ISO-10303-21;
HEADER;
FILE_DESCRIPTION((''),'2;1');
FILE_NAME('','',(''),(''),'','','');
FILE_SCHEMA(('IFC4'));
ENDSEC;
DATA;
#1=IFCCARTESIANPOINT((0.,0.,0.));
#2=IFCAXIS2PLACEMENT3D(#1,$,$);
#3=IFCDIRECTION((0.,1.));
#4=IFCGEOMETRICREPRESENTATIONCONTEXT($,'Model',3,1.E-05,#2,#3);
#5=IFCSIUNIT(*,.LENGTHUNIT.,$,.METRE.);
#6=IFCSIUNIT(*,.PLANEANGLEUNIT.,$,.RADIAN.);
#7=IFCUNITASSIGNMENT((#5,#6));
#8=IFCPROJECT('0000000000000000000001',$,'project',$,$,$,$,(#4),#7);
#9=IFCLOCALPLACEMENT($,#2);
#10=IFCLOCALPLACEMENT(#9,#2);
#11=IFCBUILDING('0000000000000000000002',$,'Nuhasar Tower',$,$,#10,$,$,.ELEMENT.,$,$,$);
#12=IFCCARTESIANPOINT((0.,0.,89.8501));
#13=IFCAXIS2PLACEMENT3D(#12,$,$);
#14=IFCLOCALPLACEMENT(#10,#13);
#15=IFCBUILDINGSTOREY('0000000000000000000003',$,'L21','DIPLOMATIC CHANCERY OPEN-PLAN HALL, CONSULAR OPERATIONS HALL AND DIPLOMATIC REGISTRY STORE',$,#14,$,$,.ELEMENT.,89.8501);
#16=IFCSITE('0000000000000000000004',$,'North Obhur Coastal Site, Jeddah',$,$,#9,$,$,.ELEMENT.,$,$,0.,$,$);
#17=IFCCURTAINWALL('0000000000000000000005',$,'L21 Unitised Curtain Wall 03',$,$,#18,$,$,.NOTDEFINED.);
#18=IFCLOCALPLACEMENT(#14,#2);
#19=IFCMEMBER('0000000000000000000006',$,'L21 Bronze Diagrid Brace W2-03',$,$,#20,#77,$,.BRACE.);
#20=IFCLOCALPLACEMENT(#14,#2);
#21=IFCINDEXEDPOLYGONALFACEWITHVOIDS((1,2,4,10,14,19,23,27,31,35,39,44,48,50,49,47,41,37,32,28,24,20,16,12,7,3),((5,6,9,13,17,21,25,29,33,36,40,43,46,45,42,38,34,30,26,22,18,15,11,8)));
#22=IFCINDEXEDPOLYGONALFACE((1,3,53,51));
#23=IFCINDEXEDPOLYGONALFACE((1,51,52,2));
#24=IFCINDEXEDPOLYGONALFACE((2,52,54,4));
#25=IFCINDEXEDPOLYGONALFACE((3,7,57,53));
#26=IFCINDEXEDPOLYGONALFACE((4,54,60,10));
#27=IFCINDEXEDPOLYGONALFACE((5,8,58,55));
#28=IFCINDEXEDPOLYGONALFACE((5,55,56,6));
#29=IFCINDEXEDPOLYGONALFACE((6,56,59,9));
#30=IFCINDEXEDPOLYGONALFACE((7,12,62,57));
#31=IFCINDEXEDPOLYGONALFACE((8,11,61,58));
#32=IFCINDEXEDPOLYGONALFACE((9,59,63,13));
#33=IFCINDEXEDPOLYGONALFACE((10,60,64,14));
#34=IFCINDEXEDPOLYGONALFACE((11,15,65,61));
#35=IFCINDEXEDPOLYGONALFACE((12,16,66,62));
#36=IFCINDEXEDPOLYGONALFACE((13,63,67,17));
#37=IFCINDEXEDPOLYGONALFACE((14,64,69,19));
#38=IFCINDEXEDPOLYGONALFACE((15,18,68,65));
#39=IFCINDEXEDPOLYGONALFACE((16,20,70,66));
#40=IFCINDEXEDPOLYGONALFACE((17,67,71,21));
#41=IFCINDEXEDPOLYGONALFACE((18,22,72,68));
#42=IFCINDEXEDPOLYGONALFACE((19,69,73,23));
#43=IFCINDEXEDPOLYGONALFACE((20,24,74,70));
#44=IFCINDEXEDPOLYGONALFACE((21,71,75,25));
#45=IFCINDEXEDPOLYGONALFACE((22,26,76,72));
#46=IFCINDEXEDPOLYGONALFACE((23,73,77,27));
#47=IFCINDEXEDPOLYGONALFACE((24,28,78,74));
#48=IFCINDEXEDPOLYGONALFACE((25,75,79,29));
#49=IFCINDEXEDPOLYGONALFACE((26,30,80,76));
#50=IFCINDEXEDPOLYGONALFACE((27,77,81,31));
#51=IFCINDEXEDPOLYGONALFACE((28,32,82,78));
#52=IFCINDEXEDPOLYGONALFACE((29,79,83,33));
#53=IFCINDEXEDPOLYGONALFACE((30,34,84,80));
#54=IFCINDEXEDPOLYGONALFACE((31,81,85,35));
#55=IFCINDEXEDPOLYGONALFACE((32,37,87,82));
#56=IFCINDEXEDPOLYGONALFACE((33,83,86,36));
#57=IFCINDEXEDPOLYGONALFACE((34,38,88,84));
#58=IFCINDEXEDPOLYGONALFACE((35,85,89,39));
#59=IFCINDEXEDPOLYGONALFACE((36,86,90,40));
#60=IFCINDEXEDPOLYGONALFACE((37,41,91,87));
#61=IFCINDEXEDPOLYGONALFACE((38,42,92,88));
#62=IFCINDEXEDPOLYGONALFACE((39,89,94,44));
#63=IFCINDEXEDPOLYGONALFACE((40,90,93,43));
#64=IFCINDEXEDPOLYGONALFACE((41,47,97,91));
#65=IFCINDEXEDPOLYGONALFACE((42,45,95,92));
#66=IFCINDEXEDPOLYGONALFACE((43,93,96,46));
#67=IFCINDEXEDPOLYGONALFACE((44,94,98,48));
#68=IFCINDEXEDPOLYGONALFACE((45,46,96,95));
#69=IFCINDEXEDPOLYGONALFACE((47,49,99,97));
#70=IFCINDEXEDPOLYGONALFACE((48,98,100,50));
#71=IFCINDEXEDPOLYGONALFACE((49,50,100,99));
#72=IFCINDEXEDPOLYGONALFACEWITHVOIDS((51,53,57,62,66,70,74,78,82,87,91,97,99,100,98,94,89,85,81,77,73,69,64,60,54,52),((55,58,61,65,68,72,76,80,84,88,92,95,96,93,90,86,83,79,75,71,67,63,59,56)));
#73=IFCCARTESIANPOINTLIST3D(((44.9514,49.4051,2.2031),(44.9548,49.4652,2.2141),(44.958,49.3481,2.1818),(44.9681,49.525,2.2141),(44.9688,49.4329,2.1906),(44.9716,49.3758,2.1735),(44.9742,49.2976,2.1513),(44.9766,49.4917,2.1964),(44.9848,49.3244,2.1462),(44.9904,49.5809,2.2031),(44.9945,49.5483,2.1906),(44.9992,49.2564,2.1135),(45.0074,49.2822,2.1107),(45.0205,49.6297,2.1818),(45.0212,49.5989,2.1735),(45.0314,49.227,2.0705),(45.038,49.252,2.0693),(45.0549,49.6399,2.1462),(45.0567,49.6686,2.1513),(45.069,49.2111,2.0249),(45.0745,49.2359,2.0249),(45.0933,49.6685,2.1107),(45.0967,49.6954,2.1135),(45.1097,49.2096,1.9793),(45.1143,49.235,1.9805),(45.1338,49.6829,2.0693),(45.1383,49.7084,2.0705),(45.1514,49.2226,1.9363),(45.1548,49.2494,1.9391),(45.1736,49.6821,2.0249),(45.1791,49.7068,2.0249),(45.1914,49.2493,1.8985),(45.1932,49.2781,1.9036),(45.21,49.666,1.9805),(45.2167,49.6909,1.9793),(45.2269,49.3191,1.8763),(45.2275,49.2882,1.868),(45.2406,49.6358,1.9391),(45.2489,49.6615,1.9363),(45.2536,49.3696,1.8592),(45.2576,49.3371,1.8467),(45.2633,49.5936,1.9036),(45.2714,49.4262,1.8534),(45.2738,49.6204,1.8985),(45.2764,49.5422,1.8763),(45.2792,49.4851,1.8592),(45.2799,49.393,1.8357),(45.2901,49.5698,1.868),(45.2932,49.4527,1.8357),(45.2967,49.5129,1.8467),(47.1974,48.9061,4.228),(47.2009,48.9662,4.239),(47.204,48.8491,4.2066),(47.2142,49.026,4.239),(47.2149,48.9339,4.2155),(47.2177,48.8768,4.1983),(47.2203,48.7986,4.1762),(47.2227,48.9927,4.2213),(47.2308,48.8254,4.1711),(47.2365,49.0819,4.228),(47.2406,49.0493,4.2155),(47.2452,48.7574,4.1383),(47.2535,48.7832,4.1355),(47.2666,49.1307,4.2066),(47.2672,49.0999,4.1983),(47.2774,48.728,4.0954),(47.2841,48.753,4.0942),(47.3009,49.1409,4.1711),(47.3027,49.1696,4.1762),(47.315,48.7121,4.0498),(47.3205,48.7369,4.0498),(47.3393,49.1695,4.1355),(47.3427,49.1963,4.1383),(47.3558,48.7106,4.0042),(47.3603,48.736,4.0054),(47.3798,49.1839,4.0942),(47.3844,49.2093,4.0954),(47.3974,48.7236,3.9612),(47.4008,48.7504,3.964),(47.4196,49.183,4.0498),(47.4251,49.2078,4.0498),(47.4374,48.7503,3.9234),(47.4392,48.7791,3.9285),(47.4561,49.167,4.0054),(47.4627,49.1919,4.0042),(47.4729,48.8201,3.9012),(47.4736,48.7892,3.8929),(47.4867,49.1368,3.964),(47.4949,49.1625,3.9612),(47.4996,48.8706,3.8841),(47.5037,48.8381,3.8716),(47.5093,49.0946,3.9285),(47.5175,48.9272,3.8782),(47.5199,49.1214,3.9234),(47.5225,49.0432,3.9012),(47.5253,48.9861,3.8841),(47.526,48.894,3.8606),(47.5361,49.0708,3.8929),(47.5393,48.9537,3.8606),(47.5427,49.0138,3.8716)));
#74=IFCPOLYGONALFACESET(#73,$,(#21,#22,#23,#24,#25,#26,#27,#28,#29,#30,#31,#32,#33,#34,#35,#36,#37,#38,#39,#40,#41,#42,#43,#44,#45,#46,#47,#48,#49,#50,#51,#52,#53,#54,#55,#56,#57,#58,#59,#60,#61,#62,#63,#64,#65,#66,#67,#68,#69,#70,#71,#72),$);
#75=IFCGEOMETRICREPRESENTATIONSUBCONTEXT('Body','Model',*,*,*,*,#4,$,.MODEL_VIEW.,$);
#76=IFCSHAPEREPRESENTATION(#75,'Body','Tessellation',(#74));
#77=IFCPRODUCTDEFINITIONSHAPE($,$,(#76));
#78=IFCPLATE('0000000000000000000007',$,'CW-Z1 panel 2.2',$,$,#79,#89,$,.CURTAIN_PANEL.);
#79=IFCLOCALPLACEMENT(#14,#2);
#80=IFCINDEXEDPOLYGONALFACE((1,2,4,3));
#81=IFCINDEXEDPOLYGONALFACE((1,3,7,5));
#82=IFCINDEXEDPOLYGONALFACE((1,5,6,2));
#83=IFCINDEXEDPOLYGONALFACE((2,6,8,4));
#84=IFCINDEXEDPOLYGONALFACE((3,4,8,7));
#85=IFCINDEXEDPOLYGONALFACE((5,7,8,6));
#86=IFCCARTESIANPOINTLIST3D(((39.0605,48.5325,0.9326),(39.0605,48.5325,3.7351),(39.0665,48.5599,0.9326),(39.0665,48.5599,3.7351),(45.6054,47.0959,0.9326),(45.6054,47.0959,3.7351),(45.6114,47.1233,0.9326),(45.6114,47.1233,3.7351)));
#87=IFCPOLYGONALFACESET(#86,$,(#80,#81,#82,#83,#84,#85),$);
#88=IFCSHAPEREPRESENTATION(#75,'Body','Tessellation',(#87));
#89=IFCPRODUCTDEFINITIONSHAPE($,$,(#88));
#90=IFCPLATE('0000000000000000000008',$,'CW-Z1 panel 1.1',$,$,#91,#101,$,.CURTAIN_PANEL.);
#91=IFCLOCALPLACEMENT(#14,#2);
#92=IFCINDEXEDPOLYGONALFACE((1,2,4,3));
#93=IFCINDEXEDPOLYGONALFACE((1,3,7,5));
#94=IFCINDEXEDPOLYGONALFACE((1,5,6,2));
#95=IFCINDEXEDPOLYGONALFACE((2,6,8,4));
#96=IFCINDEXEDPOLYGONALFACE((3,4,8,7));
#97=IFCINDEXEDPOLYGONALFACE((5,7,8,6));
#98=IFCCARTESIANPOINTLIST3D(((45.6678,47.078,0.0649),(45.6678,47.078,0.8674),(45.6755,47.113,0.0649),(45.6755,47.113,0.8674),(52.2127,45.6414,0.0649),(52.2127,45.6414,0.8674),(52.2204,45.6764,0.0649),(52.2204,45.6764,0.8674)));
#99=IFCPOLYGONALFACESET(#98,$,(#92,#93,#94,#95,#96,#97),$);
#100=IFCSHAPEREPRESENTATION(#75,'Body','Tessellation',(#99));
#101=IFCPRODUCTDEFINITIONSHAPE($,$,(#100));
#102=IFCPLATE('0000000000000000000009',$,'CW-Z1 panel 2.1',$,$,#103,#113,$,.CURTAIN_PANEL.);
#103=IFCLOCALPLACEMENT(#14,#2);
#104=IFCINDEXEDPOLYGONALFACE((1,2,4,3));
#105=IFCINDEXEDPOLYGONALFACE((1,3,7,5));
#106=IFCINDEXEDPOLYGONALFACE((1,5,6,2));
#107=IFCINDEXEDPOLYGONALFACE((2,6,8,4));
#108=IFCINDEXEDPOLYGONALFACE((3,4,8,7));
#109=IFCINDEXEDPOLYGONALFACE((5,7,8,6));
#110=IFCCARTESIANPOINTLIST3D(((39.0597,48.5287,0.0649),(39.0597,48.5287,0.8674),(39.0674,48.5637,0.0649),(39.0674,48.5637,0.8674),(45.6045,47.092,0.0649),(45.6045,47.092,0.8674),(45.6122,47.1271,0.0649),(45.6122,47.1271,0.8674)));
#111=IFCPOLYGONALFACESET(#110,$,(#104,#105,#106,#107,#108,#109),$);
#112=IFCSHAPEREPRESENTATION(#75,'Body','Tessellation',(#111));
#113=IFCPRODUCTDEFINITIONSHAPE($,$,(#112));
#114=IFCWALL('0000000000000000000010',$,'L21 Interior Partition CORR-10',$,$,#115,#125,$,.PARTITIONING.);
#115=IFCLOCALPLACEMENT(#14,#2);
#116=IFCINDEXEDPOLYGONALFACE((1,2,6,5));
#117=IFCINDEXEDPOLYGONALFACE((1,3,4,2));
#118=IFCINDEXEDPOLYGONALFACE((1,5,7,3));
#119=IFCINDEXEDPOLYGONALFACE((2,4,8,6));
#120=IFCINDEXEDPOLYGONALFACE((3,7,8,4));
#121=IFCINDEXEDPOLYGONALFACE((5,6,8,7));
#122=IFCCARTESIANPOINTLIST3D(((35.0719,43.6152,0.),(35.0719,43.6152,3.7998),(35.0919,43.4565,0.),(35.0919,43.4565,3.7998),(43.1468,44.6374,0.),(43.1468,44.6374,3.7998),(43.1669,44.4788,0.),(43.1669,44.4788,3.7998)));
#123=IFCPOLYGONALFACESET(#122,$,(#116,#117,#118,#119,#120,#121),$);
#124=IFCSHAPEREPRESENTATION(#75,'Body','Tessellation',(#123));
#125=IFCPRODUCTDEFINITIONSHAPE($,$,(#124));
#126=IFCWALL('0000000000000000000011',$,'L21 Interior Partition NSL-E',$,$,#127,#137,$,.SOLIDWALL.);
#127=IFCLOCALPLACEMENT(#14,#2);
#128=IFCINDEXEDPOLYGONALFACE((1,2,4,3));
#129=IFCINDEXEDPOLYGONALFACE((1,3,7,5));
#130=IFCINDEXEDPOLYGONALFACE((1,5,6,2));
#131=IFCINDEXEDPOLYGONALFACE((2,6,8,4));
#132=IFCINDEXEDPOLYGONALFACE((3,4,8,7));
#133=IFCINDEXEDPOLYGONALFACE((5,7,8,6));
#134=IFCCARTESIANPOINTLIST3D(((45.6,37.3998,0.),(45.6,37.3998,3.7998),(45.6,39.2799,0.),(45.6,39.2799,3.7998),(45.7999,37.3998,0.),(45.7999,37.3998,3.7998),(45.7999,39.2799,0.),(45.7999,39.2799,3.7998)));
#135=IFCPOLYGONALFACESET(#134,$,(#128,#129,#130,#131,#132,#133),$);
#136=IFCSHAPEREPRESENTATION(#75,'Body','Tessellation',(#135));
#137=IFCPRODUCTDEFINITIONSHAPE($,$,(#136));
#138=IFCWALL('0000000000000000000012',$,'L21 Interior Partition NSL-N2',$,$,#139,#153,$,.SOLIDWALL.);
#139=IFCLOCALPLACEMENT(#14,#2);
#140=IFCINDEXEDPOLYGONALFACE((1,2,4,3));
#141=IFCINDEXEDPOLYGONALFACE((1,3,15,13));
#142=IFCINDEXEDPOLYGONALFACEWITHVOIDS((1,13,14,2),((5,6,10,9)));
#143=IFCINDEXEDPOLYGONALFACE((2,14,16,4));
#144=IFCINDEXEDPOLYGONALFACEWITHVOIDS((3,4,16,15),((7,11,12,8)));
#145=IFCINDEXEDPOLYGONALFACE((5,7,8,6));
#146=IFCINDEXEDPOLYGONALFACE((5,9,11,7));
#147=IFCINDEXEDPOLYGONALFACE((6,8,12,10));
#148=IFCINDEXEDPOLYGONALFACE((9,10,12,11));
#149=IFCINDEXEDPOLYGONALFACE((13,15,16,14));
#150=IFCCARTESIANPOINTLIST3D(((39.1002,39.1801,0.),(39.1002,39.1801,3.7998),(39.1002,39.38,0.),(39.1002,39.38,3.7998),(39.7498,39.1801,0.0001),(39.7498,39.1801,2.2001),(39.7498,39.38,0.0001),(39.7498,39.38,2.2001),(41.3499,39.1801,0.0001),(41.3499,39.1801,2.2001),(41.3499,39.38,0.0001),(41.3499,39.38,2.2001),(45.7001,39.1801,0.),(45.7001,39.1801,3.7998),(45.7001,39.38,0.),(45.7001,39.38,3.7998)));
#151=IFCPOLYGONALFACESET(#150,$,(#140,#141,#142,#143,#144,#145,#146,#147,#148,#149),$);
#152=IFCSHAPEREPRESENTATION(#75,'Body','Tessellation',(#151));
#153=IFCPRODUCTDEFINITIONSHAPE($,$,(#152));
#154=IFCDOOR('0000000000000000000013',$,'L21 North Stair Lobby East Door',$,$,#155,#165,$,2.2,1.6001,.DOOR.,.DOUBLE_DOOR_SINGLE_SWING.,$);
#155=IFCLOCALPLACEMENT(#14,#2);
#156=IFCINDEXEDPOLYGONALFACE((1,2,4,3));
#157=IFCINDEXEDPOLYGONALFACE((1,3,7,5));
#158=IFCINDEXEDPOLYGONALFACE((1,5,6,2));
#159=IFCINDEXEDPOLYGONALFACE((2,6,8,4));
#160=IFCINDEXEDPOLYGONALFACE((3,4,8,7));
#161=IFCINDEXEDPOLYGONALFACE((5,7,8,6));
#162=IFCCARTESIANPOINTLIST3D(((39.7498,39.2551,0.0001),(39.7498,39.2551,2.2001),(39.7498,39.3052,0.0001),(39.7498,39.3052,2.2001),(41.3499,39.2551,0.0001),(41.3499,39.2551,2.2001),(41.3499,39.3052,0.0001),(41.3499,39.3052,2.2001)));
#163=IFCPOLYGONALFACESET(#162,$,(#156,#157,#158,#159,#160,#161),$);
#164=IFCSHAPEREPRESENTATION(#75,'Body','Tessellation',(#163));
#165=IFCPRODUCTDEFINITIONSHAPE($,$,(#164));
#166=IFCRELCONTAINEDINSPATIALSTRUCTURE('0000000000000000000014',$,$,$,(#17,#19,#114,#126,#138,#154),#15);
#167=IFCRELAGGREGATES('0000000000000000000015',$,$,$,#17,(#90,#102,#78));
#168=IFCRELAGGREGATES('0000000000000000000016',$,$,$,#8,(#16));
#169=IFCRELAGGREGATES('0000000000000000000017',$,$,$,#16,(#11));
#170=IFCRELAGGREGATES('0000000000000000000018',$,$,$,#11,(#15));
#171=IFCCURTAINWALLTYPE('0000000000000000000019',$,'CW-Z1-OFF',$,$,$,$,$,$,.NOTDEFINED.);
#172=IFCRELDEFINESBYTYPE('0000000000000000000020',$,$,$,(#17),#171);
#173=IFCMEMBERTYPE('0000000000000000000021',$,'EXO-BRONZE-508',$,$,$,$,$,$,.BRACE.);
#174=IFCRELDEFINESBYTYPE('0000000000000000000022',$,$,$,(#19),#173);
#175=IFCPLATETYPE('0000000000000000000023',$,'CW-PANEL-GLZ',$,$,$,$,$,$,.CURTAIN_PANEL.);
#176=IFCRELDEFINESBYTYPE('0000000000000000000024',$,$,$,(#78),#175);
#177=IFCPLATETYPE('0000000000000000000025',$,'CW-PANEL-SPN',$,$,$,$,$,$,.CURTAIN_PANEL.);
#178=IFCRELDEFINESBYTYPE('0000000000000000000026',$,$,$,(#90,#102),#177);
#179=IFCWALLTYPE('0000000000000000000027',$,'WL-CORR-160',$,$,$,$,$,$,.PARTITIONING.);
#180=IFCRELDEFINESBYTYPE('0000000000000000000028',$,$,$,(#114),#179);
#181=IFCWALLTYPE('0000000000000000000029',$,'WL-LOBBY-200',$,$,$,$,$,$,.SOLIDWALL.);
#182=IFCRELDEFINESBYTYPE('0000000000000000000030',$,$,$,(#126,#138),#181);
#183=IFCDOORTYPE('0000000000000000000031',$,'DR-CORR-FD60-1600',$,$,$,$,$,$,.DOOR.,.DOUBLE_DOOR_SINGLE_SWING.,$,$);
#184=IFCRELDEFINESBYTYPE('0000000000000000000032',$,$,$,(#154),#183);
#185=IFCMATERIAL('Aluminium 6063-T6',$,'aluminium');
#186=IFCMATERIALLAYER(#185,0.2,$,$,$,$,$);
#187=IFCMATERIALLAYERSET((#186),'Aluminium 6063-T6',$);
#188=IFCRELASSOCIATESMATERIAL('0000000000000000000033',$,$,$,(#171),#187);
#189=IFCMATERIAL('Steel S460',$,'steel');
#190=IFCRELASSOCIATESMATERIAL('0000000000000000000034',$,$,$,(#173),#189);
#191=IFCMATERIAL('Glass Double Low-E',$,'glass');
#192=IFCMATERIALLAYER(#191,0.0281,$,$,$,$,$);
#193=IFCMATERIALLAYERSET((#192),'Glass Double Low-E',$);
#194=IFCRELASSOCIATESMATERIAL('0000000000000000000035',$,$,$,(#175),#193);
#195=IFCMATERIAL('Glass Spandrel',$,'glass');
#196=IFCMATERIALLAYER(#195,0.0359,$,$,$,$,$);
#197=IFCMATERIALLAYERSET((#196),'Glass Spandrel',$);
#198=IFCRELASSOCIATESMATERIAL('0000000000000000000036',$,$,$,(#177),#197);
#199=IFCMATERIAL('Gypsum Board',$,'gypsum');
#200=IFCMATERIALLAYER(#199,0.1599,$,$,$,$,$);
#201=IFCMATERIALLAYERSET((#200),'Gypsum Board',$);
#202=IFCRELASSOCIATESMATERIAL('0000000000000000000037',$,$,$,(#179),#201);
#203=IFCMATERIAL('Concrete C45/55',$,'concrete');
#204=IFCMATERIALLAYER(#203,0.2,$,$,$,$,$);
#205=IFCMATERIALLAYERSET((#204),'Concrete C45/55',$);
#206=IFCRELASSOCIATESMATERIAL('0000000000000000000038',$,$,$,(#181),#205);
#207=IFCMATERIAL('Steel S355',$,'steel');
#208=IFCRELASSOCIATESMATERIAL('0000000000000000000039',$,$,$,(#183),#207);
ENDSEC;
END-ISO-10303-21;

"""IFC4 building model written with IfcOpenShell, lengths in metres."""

from ifc_helpers import new_model, si_unit, direction, frame, frame_2d, origin, origin_2d, place, context, subcontext, project, spatial, rectangle, hollow_circle, extrude, material, layer, layer_set, material_profile, profile_set, type_object, element, fill, aggregate, save


model = new_model("IFC4")

# Units and contexts
model_context = context("Model", 3, precision=1e-05, world=origin(), true_north=direction((0.0, 1.0)))
body_context = subcontext(model_context, "Body", "Model", "MODEL_VIEW")
ifc_project = project(units=[si_unit("LENGTHUNIT", "METRE"), si_unit("PLANEANGLEUNIT", "RADIAN")], contexts=[model_context])

# Site, building, storey
site_placement = place(None, origin())
site = spatial("IfcSite", under=ifc_project, at=site_placement, Name="North Obhur Coastal Site, Jeddah", CompositionType="ELEMENT", RefElevation=0.0)
building_placement = place(site_placement, origin())
building = spatial("IfcBuilding", under=site, at=building_placement, Name="Nuhasar Tower", CompositionType="ELEMENT")
storey_placement = place(building_placement, frame((0.0, 0.0, 89.8501)))
storey = spatial("IfcBuildingStorey", under=building, at=storey_placement, Name="L21", Description="DIPLOMATIC CHANCERY OPEN-PLAN HALL, CONSULAR OPERATIONS HALL AND DIPLOMATIC REGISTRY STORE", CompositionType="ELEMENT", Elevation=89.8501)

# Shared definitions
ifc_material_1 = material(Name="Steel S355", Category="steel")

# Curtain wall
ifc_material_2 = material(Name="Aluminium 6063-T6", Category="aluminium")
ifc_layer_1 = layer(ifc_material_2, 0.2)
ifc_layer_set_1 = layer_set([ifc_layer_1], Name="Aluminium 6063-T6")
curtain_wall_type = type_object("IfcCurtainWallType", Name="CW-Z1-OFF", PredefinedType="NOTDEFINED", material=ifc_layer_set_1)
curtain_wall_placement = place(storey_placement, origin())
curtain_wall = element("IfcCurtainWall", 1, at=curtain_wall_placement, inside=storey, type_object=curtain_wall_type, Name="L21 Unitised Curtain Wall 03", PredefinedType="NOTDEFINED")

# Member
ifc_material_3 = material(Name="Steel S460", Category="steel")
ifc_material_profile_1 = material_profile(ifc_material_3, hollow_circle(Radius=0.2539, WallThickness=0.0254, at=origin_2d()), Name="HSS508X25.4")
ifc_profile_set_1 = profile_set([ifc_material_profile_1], Name="Steel S460")
member_type_1 = type_object("IfcMemberType", Name="EXO-BRONZE-508", PredefinedType="BRACE", material=ifc_profile_set_1)
for number, where, z_axis, x_axis, name in (
    (2, (45.124, 49.459, 2.0249), (0.732821, -0.162814, 0.660654), (0.216886, 0.976197, 0.0), "L21 Bronze Diagrid Brace W2-03"),
):
    element("IfcMember", number, at=place(storey_placement, frame(where, z_axis=z_axis, x_axis=x_axis)), inside=storey, type_object=member_type_1, Name=name, PredefinedType="BRACE", context=body_context, shape_type="SweptSolid", body=[
        extrude(hollow_circle(Radius=0.2539, WallThickness=0.0254, at=origin_2d()), origin(), (0.0, 0.0, 1.0), 3.0649),
    ])

# Plates
ifc_material_4 = material(Name="Glass Double Low-E", Category="glass")
ifc_layer_2 = layer(ifc_material_4, 0.0281)
ifc_layer_set_2 = layer_set([ifc_layer_2], Name="Glass Double Low-E")
plate_type_1 = type_object("IfcPlateType", Name="CW-PANEL-GLZ", PredefinedType="CURTAIN_PANEL", material=ifc_layer_set_2)
plate_1_placement = place(storey_placement, frame((42.3359, 47.8279, 0.9326), z_axis=(0.0, 0.0, 1.0), x_axis=(-0.976746, 0.214399, 0.0)))
plate_1 = element("IfcPlate", 3, at=plate_1_placement, type_object=plate_type_1, Name="CW-Z1 panel 2.2", PredefinedType="CURTAIN_PANEL", context=body_context, shape_type="SweptSolid", body=[
    extrude(rectangle(XDim=6.7007, YDim=0.0281, at=origin_2d()), origin(), (0.0, 0.0, 1.0), 2.8025),
])
ifc_material_5 = material(Name="Glass Spandrel", Category="glass")
ifc_layer_3 = layer(ifc_material_5, 0.0359)
ifc_layer_set_3 = layer_set([ifc_layer_3], Name="Glass Spandrel")
plate_type_2 = type_object("IfcPlateType", Name="CW-PANEL-SPN", PredefinedType="CURTAIN_PANEL", material=ifc_layer_set_3)
plate_2_placement = place(storey_placement, frame((48.9441, 46.3772, 0.0649), z_axis=(0.0, 0.0, 1.0), x_axis=(-0.976746, 0.214399, 0.0)))
plate_2 = element("IfcPlate", 4, at=plate_2_placement, type_object=plate_type_2, Name="CW-Z1 panel 1.1", PredefinedType="CURTAIN_PANEL", context=body_context, shape_type="SweptSolid", body=[
    extrude(rectangle(XDim=6.7007, YDim=0.0359, at=origin_2d()), origin(), (0.0, 0.0, 1.0), 0.8025),
])
plate_3_placement = place(storey_placement, frame((42.3359, 47.8279, 0.0649), z_axis=(0.0, 0.0, 1.0), x_axis=(-0.976746, 0.214399, 0.0)))
plate_3 = element("IfcPlate", 5, at=plate_3_placement, type_object=plate_type_2, Name="CW-Z1 panel 2.1", PredefinedType="CURTAIN_PANEL", context=body_context, shape_type="SweptSolid", body=[
    extrude(rectangle(XDim=6.7007, YDim=0.0359, at=origin_2d()), origin(), (0.0, 0.0, 1.0), 0.8025),
])
aggregate(curtain_wall, [plate_2, plate_3, plate_1])

# Walls
ifc_material_6 = material(Name="Gypsum Board", Category="gypsum")
ifc_layer_4 = layer(ifc_material_6, 0.1599)
ifc_layer_set_4 = layer_set([ifc_layer_4], Name="Gypsum Board")
wall_type_1 = type_object("IfcWallType", Name="WL-CORR-160", PredefinedType="PARTITIONING", material=ifc_layer_set_4)
wall_1_placement = place(storey_placement, frame((43.157, 44.5581, 0.0), z_axis=(0.0, 0.0, 1.0), x_axis=(-0.992082, -0.125589, 0.0)))
element("IfcWall", 6, at=wall_1_placement, inside=storey, type_object=wall_type_1, Name="L21 Interior Partition CORR-10", PredefinedType="PARTITIONING", context=body_context, shape_type="SweptSolid", body=[
    extrude(rectangle(XDim=8.1394, YDim=0.1599, at=frame_2d((4.0698, 0.0))), origin(), (0.0, 0.0, 1.0), 3.7998),
])
ifc_material_7 = material(Name="Concrete C45/55", Category="concrete")
ifc_layer_5 = layer(ifc_material_7, 0.2)
ifc_layer_set_5 = layer_set([ifc_layer_5], Name="Concrete C45/55")
wall_type_2 = type_object("IfcWallType", Name="WL-LOBBY-200", PredefinedType="SOLIDWALL", material=ifc_layer_set_5)
wall_2_placement = place(storey_placement, frame((45.7, 37.3999, 0.0), z_axis=(0.0, 0.0, 1.0), x_axis=(0.0, 1.0, 0.0)))
element("IfcWall", 7, at=wall_2_placement, inside=storey, type_object=wall_type_2, Name="L21 Interior Partition NSL-E", PredefinedType="SOLIDWALL", context=body_context, shape_type="SweptSolid", body=[
    extrude(rectangle(XDim=1.8801, YDim=0.2, at=frame_2d((0.9399, 0.0))), origin(), (0.0, 0.0, 1.0), 3.7998),
])

# Wall, opening, door
wall_3_placement = place(storey_placement, frame((45.7, 39.28, 0.0), z_axis=(0.0, 0.0, 1.0), x_axis=(-1.0, 0.0, 0.0)))
wall_3 = element("IfcWall", 8, at=wall_3_placement, inside=storey, type_object=wall_type_2, Name="L21 Interior Partition NSL-N2", PredefinedType="SOLIDWALL", context=body_context, shape_type="SweptSolid", body=[
    extrude(rectangle(XDim=6.5999, YDim=0.2, at=frame_2d((3.2998, 0.0))), origin(), (0.0, 0.0, 1.0), 3.7998),
])
opening_1_placement = place(wall_3_placement, frame((4.3501, 0.0, 0.0)))
opening_1 = element("IfcOpeningElement", 9, at=opening_1_placement, cuts=wall_3, PredefinedType="OPENING", context=body_context, shape_type="SweptSolid", body=[
    extrude(rectangle(XDim=1.6001, YDim=2.2, at=frame_2d((0.8, 1.1001))), frame((0.0, 0.1099, 0.0), z_axis=(0.0, -1.0, 0.0), x_axis=(1.0, 0.0, 0.0)), (0.0, 0.0, 1.0), 0.22),
])
door_type_1 = type_object("IfcDoorType", Name="DR-CORR-FD60-1600", OperationType="DOUBLE_DOOR_SINGLE_SWING", PredefinedType="DOOR", material=ifc_material_1)
door_1_placement = place(opening_1_placement, origin())
door_1 = element("IfcDoor", 10, at=door_1_placement, inside=storey, type_object=door_type_1, Name="L21 North Stair Lobby East Door", OperationType="DOUBLE_DOOR_SINGLE_SWING", OverallHeight=2.2, OverallWidth=1.6001, PredefinedType="DOOR", context=body_context, shape_type="SweptSolid", body=[
    extrude(rectangle(XDim=1.6001, YDim=2.2, at=frame_2d((0.8, 1.1001))), frame((0.0, 0.0249, 0.0), z_axis=(0.0, -1.0, 0.0), x_axis=(1.0, 0.0, 0.0)), (0.0, 0.0, 1.0), 0.05),
])
fill(opening_1, door_1)

save(model, "model.ifc")
